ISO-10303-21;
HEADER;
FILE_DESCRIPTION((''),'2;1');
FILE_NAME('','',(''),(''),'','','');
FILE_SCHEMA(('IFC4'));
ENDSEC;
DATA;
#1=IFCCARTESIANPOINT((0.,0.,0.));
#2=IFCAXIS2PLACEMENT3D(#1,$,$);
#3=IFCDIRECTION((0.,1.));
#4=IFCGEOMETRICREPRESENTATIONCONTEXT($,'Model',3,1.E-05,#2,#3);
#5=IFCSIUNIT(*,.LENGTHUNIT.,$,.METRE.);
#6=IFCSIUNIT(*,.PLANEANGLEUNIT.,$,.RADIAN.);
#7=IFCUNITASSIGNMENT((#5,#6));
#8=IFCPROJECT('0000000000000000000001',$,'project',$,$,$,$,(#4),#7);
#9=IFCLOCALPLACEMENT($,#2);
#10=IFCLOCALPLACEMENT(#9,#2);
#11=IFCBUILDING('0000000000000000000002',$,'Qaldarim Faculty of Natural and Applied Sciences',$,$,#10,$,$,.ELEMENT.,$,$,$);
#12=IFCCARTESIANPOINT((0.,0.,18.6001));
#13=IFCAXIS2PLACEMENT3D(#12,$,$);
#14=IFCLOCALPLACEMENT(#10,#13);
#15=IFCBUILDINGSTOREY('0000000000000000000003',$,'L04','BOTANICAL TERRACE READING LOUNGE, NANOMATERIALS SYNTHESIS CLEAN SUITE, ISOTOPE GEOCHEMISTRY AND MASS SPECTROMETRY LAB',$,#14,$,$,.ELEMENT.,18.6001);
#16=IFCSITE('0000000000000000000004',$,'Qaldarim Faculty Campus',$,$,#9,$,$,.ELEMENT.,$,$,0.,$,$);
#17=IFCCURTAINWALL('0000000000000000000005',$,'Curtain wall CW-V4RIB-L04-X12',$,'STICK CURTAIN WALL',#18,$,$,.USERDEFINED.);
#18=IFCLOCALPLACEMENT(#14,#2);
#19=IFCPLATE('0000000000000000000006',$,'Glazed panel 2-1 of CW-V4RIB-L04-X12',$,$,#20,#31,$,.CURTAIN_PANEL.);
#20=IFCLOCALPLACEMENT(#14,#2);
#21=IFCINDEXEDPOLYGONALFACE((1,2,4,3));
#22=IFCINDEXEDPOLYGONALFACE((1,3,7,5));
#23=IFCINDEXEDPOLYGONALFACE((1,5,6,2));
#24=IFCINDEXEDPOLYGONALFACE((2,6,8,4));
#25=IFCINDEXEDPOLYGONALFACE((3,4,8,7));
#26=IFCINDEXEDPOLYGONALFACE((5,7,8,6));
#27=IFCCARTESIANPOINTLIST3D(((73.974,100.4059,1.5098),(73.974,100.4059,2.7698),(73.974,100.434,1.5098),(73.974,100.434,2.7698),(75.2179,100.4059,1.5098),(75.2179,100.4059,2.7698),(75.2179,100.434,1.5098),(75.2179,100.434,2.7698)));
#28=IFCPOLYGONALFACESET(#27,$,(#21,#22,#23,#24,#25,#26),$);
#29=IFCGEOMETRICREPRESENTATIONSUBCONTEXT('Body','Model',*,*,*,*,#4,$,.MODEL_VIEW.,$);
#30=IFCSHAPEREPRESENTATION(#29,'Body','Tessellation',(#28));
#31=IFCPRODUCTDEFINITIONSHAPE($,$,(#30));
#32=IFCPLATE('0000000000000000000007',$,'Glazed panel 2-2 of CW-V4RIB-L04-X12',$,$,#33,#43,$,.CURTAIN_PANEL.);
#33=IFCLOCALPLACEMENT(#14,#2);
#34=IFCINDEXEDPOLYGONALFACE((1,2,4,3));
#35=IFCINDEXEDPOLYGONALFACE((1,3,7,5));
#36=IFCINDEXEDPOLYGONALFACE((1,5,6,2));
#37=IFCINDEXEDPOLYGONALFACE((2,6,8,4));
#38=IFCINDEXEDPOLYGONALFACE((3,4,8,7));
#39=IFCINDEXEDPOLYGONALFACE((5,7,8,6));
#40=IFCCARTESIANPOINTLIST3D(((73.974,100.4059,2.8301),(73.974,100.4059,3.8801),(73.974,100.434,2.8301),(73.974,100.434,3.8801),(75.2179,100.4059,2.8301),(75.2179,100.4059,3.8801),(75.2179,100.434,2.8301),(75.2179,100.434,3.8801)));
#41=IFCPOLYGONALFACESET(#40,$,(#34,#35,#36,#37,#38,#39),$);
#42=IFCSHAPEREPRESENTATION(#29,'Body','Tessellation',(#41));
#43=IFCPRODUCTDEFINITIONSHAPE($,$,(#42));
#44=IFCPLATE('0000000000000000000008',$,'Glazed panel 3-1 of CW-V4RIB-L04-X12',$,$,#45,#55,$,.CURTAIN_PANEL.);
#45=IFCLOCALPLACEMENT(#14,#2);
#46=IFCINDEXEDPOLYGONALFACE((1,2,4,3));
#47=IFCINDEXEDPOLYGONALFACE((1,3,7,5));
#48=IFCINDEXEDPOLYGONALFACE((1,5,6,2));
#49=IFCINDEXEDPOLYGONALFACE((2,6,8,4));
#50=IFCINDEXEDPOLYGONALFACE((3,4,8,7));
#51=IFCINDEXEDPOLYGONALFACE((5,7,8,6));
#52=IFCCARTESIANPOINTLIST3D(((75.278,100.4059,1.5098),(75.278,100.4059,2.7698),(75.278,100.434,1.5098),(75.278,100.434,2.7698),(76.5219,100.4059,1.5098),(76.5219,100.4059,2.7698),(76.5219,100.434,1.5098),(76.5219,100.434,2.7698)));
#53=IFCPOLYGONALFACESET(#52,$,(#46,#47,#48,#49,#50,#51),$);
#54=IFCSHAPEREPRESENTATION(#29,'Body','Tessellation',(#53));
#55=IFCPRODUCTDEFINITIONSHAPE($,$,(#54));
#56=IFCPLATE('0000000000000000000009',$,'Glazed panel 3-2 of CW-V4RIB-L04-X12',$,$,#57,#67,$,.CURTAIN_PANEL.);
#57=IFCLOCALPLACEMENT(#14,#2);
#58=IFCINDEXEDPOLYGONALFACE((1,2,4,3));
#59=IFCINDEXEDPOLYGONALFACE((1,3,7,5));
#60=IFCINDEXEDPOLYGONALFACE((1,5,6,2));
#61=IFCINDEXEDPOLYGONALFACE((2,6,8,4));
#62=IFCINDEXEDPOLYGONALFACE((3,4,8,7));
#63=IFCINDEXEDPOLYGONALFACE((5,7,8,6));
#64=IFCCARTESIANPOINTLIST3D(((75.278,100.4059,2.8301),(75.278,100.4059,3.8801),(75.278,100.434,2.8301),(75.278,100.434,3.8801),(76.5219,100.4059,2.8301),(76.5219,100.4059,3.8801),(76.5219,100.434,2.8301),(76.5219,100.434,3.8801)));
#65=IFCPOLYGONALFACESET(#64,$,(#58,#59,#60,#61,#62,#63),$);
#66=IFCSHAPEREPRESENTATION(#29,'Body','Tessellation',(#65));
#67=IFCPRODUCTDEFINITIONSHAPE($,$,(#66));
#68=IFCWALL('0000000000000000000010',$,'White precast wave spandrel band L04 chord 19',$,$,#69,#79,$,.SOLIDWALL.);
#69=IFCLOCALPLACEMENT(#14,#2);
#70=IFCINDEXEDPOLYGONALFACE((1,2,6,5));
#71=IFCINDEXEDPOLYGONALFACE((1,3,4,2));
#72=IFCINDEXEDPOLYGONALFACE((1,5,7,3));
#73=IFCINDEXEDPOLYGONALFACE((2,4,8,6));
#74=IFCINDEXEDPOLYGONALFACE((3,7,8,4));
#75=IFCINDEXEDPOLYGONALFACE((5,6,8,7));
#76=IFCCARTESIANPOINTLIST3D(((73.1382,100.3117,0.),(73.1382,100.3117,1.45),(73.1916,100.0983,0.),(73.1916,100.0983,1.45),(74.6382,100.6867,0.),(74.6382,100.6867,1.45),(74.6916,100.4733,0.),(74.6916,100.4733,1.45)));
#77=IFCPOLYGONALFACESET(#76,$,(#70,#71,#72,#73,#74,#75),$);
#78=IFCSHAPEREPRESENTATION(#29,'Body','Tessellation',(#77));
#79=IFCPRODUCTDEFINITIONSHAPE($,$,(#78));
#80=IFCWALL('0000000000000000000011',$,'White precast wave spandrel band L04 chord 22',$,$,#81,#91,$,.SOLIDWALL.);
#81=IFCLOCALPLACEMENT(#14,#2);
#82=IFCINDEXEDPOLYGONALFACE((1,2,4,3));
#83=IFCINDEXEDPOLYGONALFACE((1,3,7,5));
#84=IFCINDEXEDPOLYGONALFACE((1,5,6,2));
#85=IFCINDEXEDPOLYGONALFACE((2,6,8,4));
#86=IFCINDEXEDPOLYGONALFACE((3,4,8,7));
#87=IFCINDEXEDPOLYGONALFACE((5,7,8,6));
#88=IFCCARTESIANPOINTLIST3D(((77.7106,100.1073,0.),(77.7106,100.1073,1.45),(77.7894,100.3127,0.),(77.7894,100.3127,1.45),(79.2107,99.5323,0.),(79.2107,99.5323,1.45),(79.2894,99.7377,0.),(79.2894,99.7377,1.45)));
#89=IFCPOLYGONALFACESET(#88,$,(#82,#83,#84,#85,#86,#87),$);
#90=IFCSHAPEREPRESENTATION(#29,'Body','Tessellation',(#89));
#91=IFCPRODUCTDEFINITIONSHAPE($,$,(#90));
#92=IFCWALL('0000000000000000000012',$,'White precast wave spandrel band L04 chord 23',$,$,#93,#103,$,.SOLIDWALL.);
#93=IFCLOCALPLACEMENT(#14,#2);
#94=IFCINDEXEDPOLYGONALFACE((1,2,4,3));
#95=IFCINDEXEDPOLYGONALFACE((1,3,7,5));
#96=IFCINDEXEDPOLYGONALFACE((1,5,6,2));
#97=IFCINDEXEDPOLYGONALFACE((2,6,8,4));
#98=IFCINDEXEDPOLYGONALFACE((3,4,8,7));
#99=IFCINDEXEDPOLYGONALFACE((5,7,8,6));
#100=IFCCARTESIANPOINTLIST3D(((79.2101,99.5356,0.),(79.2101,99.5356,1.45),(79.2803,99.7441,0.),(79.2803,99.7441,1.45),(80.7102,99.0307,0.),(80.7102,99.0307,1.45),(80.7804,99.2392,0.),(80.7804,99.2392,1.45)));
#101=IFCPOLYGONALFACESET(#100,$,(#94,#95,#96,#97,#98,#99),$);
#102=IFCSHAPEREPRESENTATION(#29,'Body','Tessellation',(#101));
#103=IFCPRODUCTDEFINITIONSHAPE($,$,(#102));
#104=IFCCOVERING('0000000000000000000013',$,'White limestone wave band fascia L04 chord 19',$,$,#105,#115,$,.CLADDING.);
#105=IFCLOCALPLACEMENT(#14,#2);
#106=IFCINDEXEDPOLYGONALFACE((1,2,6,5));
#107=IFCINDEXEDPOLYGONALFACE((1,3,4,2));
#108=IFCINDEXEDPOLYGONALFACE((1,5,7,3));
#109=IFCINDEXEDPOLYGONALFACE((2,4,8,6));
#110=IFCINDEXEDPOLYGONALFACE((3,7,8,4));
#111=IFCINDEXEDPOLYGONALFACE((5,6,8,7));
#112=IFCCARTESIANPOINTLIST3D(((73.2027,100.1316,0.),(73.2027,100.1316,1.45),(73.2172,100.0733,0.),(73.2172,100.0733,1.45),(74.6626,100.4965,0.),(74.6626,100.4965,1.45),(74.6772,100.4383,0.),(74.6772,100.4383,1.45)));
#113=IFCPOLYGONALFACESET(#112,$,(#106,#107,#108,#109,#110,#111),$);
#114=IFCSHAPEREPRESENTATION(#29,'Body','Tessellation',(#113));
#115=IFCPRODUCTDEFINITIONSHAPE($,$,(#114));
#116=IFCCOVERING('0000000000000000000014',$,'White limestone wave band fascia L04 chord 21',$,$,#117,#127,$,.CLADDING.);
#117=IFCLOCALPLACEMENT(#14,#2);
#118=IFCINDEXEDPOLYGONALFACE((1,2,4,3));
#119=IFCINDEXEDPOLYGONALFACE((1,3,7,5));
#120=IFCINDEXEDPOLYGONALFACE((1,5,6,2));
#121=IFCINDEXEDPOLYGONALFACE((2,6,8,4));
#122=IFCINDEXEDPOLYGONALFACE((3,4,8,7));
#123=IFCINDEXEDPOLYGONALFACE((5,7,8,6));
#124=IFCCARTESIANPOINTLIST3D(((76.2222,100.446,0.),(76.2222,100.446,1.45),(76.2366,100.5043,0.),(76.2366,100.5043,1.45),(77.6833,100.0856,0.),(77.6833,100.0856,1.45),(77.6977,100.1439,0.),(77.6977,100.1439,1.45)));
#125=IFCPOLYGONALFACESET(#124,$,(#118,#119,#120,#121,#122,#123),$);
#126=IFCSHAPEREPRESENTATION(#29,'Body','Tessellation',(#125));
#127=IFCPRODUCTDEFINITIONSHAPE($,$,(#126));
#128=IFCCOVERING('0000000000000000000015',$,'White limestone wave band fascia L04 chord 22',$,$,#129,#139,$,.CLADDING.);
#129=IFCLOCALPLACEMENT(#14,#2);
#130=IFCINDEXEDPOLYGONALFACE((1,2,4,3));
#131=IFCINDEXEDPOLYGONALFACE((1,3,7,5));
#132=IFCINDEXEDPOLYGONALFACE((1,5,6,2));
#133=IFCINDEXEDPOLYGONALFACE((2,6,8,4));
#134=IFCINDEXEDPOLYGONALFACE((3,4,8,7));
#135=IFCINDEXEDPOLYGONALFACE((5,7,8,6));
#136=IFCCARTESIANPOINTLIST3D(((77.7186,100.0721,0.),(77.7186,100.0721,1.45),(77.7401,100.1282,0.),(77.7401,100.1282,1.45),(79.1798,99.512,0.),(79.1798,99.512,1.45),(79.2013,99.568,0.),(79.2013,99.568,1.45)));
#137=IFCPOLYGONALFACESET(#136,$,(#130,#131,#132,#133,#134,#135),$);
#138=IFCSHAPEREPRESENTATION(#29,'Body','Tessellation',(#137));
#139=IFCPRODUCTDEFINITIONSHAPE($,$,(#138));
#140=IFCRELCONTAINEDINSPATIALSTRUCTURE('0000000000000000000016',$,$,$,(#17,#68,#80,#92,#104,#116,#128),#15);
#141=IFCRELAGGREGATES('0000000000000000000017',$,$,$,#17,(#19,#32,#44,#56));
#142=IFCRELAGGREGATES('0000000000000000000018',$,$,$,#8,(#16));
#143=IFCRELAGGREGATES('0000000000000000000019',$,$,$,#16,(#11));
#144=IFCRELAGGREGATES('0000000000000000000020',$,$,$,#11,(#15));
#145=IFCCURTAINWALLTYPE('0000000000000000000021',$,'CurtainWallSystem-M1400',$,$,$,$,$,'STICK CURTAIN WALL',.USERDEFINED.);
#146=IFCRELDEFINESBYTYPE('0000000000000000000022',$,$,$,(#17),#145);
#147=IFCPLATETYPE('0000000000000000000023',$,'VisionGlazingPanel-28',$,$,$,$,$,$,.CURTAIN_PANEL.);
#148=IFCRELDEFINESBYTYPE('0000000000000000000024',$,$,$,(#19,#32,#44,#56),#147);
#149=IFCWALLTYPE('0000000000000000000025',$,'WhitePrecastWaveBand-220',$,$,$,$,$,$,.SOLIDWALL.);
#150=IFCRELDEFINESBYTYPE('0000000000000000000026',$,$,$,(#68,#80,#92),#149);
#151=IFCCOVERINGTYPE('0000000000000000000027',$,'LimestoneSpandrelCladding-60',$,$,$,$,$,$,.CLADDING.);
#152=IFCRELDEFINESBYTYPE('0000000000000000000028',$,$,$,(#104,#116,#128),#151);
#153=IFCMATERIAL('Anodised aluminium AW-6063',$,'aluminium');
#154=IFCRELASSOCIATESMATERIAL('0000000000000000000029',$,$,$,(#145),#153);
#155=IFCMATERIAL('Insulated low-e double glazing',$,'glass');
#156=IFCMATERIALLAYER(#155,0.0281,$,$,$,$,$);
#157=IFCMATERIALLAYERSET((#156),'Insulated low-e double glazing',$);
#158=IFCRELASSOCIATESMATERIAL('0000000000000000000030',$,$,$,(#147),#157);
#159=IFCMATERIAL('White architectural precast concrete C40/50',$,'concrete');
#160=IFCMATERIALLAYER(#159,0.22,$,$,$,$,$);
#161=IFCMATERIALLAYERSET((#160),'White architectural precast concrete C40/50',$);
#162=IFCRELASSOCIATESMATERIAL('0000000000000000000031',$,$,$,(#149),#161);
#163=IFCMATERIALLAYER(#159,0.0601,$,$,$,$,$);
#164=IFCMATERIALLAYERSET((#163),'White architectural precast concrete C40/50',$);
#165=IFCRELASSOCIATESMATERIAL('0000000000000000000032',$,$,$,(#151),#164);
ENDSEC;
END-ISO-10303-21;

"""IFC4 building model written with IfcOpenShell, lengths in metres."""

from ifc_helpers import new_model, si_unit, direction, frame, frame_2d, origin, origin_2d, place, context, subcontext, project, spatial, rectangle, extrude, material, layer, layer_set, type_object, element, aggregate, save


model = new_model("IFC4")

# Units and contexts
model_context = context("Model", 3, precision=1e-05, world=origin(), true_north=direction((0.0, 1.0)))
body_context = subcontext(model_context, "Body", "Model", "MODEL_VIEW")
ifc_project = project(units=[si_unit("LENGTHUNIT", "METRE"), si_unit("PLANEANGLEUNIT", "RADIAN")], contexts=[model_context])

# Site, building, storey
site_placement = place(None, origin())
site = spatial("IfcSite", under=ifc_project, at=site_placement, Name="Qaldarim Faculty Campus", CompositionType="ELEMENT", RefElevation=0.0)
building_placement = place(site_placement, origin())
building = spatial("IfcBuilding", under=site, at=building_placement, Name="Qaldarim Faculty of Natural and Applied Sciences", CompositionType="ELEMENT")
storey_placement = place(building_placement, frame((0.0, 0.0, 18.6001)))
storey = spatial("IfcBuildingStorey", under=building, at=storey_placement, Name="L04", Description="BOTANICAL TERRACE READING LOUNGE, NANOMATERIALS SYNTHESIS CLEAN SUITE, ISOTOPE GEOCHEMISTRY AND MASS SPECTROMETRY LAB", CompositionType="ELEMENT", Elevation=18.6001)

# Curtain wall, plates
ifc_material_1 = material(Name="Anodised aluminium AW-6063", Category="aluminium")
curtain_wall_type = type_object("IfcCurtainWallType", Name="CurtainWallSystem-M1400", ElementType="STICK CURTAIN WALL", PredefinedType="USERDEFINED", material=ifc_material_1)
curtain_wall_placement = place(storey_placement, origin())
curtain_wall = element("IfcCurtainWall", 1, at=curtain_wall_placement, inside=storey, type_object=curtain_wall_type, Name="Curtain wall CW-V4RIB-L04-X12", ObjectType="STICK CURTAIN WALL", PredefinedType="USERDEFINED")
ifc_material_2 = material(Name="Insulated low-e double glazing", Category="glass")
ifc_layer_1 = layer(ifc_material_2, 0.0281)
ifc_layer_set_1 = layer_set([ifc_layer_1], Name="Insulated low-e double glazing")
plate_type = type_object("IfcPlateType", Name="VisionGlazingPanel-28", PredefinedType="CURTAIN_PANEL", material=ifc_layer_set_1)
plate_1_placement = place(storey_placement, frame((74.5959, 100.4199, 1.5098), z_axis=(0.0, 0.0, 1.0), x_axis=(1.0, 0.0, 0.0)))
plate_1 = element("IfcPlate", 2, at=plate_1_placement, type_object=plate_type, Name="Glazed panel 2-1 of CW-V4RIB-L04-X12", PredefinedType="CURTAIN_PANEL", context=body_context, shape_type="SweptSolid", body=[
    extrude(rectangle(XDim=1.2439, YDim=0.0281, at=origin_2d()), origin(), (0.0, 0.0, 1.0), 1.26),
])
plate_2_placement = place(storey_placement, frame((74.5959, 100.4199, 2.8301), z_axis=(0.0, 0.0, 1.0), x_axis=(1.0, 0.0, 0.0)))
plate_2 = element("IfcPlate", 3, at=plate_2_placement, type_object=plate_type, Name="Glazed panel 2-2 of CW-V4RIB-L04-X12", PredefinedType="CURTAIN_PANEL", context=body_context, shape_type="SweptSolid", body=[
    extrude(rectangle(XDim=1.2439, YDim=0.0281, at=origin_2d()), origin(), (0.0, 0.0, 1.0), 1.05),
])
plate_3_placement = place(storey_placement, frame((75.8999, 100.4199, 1.5098), z_axis=(0.0, 0.0, 1.0), x_axis=(1.0, 0.0, 0.0)))
plate_3 = element("IfcPlate", 4, at=plate_3_placement, type_object=plate_type, Name="Glazed panel 3-1 of CW-V4RIB-L04-X12", PredefinedType="CURTAIN_PANEL", context=body_context, shape_type="SweptSolid", body=[
    extrude(rectangle(XDim=1.2439, YDim=0.0281, at=origin_2d()), origin(), (0.0, 0.0, 1.0), 1.26),
])
plate_4_placement = place(storey_placement, frame((75.8999, 100.4199, 2.8301), z_axis=(0.0, 0.0, 1.0), x_axis=(1.0, 0.0, 0.0)))
plate_4 = element("IfcPlate", 5, at=plate_4_placement, type_object=plate_type, Name="Glazed panel 3-2 of CW-V4RIB-L04-X12", PredefinedType="CURTAIN_PANEL", context=body_context, shape_type="SweptSolid", body=[
    extrude(rectangle(XDim=1.2439, YDim=0.0281, at=origin_2d()), origin(), (0.0, 0.0, 1.0), 1.05),
])
aggregate(curtain_wall, [plate_1, plate_2, plate_3, plate_4])

# Walls
ifc_material_3 = material(Name="White architectural precast concrete C40/50", Category="concrete")
ifc_layer_2 = layer(ifc_material_3, 0.22)
ifc_layer_set_2 = layer_set([ifc_layer_2], Name="White architectural precast concrete C40/50")
wall_type = type_object("IfcWallType", Name="WhitePrecastWaveBand-220", PredefinedType="SOLIDWALL", material=ifc_layer_set_2)
wall_1_placement = place(storey_placement, frame((73.165, 100.2051, 0.0), z_axis=(0.0, 0.0, 1.0), x_axis=(0.970143, 0.242536, 0.0)))
element("IfcWall", 6, at=wall_1_placement, inside=storey, type_object=wall_type, Name="White precast wave spandrel band L04 chord 19", PredefinedType="SOLIDWALL", context=body_context, shape_type="SweptSolid", body=[
    extrude(rectangle(XDim=1.5461, YDim=0.22, at=frame_2d((0.7729, 0.0))), origin(), (0.0, 0.0, 1.0), 1.45),
])
wall_2_placement = place(storey_placement, frame((77.75, 100.21, 0.0), z_axis=(0.0, 0.0, 1.0), x_axis=(0.933756, -0.35791, 0.0)))
element("IfcWall", 7, at=wall_2_placement, inside=storey, type_object=wall_type, Name="White precast wave spandrel band L04 chord 22", PredefinedType="SOLIDWALL", context=body_context, shape_type="SweptSolid", body=[
    extrude(rectangle(XDim=1.6064, YDim=0.22, at=frame_2d((0.8032, 0.0))), origin(), (0.0, 0.0, 1.0), 1.45),
])
wall_3_placement = place(storey_placement, frame((79.2451, 99.6399, 0.0), z_axis=(0.0, 0.0, 1.0), x_axis=(0.947754, -0.319003, 0.0)))
element("IfcWall", 8, at=wall_3_placement, inside=storey, type_object=wall_type, Name="White precast wave spandrel band L04 chord 23", PredefinedType="SOLIDWALL", context=body_context, shape_type="SweptSolid", body=[
    extrude(rectangle(XDim=1.5828, YDim=0.22, at=frame_2d((0.7915, 0.0))), origin(), (0.0, 0.0, 1.0), 1.45),
])

# Coverings
ifc_layer_3 = layer(ifc_material_3, 0.0601)
ifc_layer_set_3 = layer_set([ifc_layer_3], Name="White architectural precast concrete C40/50")
covering_type = type_object("IfcCoveringType", Name="LimestoneSpandrelCladding-60", PredefinedType="CLADDING", material=ifc_layer_set_3)
for number, where, z_axis, x_axis, name in (
    (9, (73.9399, 100.2849, 0.0), (0.0, 0.0, 1.0), (0.970144, 0.242532, 0.0), "White limestone wave band fascia L04 chord 19"),
    (10, (76.96, 100.2949, 0.0), (0.0, 0.0, 1.0), (0.970901, -0.239483, 0.0), "White limestone wave band fascia L04 chord 21"),
):
    element("IfcCovering", number, at=place(storey_placement, frame(where, z_axis=z_axis, x_axis=x_axis)), inside=storey, type_object=covering_type, Name=name, PredefinedType="CLADDING", context=body_context, shape_type="SweptSolid", body=[
        extrude(rectangle(XDim=1.5049, YDim=0.0601, at=origin_2d()), origin(), (0.0, 0.0, 1.0), 1.45),
    ])
covering_placement = place(storey_placement, frame((78.46, 99.8201, 0.0), z_axis=(0.0, 0.0, 1.0), x_axis=(0.933749, -0.357928, 0.0)))
element("IfcCovering", 11, at=covering_placement, inside=storey, type_object=covering_type, Name="White limestone wave band fascia L04 chord 22", PredefinedType="CLADDING", context=body_context, shape_type="SweptSolid", body=[
    extrude(rectangle(XDim=1.5649, YDim=0.0601, at=origin_2d()), origin(), (0.0, 0.0, 1.0), 1.45),
])

save(model, "model.ifc")
